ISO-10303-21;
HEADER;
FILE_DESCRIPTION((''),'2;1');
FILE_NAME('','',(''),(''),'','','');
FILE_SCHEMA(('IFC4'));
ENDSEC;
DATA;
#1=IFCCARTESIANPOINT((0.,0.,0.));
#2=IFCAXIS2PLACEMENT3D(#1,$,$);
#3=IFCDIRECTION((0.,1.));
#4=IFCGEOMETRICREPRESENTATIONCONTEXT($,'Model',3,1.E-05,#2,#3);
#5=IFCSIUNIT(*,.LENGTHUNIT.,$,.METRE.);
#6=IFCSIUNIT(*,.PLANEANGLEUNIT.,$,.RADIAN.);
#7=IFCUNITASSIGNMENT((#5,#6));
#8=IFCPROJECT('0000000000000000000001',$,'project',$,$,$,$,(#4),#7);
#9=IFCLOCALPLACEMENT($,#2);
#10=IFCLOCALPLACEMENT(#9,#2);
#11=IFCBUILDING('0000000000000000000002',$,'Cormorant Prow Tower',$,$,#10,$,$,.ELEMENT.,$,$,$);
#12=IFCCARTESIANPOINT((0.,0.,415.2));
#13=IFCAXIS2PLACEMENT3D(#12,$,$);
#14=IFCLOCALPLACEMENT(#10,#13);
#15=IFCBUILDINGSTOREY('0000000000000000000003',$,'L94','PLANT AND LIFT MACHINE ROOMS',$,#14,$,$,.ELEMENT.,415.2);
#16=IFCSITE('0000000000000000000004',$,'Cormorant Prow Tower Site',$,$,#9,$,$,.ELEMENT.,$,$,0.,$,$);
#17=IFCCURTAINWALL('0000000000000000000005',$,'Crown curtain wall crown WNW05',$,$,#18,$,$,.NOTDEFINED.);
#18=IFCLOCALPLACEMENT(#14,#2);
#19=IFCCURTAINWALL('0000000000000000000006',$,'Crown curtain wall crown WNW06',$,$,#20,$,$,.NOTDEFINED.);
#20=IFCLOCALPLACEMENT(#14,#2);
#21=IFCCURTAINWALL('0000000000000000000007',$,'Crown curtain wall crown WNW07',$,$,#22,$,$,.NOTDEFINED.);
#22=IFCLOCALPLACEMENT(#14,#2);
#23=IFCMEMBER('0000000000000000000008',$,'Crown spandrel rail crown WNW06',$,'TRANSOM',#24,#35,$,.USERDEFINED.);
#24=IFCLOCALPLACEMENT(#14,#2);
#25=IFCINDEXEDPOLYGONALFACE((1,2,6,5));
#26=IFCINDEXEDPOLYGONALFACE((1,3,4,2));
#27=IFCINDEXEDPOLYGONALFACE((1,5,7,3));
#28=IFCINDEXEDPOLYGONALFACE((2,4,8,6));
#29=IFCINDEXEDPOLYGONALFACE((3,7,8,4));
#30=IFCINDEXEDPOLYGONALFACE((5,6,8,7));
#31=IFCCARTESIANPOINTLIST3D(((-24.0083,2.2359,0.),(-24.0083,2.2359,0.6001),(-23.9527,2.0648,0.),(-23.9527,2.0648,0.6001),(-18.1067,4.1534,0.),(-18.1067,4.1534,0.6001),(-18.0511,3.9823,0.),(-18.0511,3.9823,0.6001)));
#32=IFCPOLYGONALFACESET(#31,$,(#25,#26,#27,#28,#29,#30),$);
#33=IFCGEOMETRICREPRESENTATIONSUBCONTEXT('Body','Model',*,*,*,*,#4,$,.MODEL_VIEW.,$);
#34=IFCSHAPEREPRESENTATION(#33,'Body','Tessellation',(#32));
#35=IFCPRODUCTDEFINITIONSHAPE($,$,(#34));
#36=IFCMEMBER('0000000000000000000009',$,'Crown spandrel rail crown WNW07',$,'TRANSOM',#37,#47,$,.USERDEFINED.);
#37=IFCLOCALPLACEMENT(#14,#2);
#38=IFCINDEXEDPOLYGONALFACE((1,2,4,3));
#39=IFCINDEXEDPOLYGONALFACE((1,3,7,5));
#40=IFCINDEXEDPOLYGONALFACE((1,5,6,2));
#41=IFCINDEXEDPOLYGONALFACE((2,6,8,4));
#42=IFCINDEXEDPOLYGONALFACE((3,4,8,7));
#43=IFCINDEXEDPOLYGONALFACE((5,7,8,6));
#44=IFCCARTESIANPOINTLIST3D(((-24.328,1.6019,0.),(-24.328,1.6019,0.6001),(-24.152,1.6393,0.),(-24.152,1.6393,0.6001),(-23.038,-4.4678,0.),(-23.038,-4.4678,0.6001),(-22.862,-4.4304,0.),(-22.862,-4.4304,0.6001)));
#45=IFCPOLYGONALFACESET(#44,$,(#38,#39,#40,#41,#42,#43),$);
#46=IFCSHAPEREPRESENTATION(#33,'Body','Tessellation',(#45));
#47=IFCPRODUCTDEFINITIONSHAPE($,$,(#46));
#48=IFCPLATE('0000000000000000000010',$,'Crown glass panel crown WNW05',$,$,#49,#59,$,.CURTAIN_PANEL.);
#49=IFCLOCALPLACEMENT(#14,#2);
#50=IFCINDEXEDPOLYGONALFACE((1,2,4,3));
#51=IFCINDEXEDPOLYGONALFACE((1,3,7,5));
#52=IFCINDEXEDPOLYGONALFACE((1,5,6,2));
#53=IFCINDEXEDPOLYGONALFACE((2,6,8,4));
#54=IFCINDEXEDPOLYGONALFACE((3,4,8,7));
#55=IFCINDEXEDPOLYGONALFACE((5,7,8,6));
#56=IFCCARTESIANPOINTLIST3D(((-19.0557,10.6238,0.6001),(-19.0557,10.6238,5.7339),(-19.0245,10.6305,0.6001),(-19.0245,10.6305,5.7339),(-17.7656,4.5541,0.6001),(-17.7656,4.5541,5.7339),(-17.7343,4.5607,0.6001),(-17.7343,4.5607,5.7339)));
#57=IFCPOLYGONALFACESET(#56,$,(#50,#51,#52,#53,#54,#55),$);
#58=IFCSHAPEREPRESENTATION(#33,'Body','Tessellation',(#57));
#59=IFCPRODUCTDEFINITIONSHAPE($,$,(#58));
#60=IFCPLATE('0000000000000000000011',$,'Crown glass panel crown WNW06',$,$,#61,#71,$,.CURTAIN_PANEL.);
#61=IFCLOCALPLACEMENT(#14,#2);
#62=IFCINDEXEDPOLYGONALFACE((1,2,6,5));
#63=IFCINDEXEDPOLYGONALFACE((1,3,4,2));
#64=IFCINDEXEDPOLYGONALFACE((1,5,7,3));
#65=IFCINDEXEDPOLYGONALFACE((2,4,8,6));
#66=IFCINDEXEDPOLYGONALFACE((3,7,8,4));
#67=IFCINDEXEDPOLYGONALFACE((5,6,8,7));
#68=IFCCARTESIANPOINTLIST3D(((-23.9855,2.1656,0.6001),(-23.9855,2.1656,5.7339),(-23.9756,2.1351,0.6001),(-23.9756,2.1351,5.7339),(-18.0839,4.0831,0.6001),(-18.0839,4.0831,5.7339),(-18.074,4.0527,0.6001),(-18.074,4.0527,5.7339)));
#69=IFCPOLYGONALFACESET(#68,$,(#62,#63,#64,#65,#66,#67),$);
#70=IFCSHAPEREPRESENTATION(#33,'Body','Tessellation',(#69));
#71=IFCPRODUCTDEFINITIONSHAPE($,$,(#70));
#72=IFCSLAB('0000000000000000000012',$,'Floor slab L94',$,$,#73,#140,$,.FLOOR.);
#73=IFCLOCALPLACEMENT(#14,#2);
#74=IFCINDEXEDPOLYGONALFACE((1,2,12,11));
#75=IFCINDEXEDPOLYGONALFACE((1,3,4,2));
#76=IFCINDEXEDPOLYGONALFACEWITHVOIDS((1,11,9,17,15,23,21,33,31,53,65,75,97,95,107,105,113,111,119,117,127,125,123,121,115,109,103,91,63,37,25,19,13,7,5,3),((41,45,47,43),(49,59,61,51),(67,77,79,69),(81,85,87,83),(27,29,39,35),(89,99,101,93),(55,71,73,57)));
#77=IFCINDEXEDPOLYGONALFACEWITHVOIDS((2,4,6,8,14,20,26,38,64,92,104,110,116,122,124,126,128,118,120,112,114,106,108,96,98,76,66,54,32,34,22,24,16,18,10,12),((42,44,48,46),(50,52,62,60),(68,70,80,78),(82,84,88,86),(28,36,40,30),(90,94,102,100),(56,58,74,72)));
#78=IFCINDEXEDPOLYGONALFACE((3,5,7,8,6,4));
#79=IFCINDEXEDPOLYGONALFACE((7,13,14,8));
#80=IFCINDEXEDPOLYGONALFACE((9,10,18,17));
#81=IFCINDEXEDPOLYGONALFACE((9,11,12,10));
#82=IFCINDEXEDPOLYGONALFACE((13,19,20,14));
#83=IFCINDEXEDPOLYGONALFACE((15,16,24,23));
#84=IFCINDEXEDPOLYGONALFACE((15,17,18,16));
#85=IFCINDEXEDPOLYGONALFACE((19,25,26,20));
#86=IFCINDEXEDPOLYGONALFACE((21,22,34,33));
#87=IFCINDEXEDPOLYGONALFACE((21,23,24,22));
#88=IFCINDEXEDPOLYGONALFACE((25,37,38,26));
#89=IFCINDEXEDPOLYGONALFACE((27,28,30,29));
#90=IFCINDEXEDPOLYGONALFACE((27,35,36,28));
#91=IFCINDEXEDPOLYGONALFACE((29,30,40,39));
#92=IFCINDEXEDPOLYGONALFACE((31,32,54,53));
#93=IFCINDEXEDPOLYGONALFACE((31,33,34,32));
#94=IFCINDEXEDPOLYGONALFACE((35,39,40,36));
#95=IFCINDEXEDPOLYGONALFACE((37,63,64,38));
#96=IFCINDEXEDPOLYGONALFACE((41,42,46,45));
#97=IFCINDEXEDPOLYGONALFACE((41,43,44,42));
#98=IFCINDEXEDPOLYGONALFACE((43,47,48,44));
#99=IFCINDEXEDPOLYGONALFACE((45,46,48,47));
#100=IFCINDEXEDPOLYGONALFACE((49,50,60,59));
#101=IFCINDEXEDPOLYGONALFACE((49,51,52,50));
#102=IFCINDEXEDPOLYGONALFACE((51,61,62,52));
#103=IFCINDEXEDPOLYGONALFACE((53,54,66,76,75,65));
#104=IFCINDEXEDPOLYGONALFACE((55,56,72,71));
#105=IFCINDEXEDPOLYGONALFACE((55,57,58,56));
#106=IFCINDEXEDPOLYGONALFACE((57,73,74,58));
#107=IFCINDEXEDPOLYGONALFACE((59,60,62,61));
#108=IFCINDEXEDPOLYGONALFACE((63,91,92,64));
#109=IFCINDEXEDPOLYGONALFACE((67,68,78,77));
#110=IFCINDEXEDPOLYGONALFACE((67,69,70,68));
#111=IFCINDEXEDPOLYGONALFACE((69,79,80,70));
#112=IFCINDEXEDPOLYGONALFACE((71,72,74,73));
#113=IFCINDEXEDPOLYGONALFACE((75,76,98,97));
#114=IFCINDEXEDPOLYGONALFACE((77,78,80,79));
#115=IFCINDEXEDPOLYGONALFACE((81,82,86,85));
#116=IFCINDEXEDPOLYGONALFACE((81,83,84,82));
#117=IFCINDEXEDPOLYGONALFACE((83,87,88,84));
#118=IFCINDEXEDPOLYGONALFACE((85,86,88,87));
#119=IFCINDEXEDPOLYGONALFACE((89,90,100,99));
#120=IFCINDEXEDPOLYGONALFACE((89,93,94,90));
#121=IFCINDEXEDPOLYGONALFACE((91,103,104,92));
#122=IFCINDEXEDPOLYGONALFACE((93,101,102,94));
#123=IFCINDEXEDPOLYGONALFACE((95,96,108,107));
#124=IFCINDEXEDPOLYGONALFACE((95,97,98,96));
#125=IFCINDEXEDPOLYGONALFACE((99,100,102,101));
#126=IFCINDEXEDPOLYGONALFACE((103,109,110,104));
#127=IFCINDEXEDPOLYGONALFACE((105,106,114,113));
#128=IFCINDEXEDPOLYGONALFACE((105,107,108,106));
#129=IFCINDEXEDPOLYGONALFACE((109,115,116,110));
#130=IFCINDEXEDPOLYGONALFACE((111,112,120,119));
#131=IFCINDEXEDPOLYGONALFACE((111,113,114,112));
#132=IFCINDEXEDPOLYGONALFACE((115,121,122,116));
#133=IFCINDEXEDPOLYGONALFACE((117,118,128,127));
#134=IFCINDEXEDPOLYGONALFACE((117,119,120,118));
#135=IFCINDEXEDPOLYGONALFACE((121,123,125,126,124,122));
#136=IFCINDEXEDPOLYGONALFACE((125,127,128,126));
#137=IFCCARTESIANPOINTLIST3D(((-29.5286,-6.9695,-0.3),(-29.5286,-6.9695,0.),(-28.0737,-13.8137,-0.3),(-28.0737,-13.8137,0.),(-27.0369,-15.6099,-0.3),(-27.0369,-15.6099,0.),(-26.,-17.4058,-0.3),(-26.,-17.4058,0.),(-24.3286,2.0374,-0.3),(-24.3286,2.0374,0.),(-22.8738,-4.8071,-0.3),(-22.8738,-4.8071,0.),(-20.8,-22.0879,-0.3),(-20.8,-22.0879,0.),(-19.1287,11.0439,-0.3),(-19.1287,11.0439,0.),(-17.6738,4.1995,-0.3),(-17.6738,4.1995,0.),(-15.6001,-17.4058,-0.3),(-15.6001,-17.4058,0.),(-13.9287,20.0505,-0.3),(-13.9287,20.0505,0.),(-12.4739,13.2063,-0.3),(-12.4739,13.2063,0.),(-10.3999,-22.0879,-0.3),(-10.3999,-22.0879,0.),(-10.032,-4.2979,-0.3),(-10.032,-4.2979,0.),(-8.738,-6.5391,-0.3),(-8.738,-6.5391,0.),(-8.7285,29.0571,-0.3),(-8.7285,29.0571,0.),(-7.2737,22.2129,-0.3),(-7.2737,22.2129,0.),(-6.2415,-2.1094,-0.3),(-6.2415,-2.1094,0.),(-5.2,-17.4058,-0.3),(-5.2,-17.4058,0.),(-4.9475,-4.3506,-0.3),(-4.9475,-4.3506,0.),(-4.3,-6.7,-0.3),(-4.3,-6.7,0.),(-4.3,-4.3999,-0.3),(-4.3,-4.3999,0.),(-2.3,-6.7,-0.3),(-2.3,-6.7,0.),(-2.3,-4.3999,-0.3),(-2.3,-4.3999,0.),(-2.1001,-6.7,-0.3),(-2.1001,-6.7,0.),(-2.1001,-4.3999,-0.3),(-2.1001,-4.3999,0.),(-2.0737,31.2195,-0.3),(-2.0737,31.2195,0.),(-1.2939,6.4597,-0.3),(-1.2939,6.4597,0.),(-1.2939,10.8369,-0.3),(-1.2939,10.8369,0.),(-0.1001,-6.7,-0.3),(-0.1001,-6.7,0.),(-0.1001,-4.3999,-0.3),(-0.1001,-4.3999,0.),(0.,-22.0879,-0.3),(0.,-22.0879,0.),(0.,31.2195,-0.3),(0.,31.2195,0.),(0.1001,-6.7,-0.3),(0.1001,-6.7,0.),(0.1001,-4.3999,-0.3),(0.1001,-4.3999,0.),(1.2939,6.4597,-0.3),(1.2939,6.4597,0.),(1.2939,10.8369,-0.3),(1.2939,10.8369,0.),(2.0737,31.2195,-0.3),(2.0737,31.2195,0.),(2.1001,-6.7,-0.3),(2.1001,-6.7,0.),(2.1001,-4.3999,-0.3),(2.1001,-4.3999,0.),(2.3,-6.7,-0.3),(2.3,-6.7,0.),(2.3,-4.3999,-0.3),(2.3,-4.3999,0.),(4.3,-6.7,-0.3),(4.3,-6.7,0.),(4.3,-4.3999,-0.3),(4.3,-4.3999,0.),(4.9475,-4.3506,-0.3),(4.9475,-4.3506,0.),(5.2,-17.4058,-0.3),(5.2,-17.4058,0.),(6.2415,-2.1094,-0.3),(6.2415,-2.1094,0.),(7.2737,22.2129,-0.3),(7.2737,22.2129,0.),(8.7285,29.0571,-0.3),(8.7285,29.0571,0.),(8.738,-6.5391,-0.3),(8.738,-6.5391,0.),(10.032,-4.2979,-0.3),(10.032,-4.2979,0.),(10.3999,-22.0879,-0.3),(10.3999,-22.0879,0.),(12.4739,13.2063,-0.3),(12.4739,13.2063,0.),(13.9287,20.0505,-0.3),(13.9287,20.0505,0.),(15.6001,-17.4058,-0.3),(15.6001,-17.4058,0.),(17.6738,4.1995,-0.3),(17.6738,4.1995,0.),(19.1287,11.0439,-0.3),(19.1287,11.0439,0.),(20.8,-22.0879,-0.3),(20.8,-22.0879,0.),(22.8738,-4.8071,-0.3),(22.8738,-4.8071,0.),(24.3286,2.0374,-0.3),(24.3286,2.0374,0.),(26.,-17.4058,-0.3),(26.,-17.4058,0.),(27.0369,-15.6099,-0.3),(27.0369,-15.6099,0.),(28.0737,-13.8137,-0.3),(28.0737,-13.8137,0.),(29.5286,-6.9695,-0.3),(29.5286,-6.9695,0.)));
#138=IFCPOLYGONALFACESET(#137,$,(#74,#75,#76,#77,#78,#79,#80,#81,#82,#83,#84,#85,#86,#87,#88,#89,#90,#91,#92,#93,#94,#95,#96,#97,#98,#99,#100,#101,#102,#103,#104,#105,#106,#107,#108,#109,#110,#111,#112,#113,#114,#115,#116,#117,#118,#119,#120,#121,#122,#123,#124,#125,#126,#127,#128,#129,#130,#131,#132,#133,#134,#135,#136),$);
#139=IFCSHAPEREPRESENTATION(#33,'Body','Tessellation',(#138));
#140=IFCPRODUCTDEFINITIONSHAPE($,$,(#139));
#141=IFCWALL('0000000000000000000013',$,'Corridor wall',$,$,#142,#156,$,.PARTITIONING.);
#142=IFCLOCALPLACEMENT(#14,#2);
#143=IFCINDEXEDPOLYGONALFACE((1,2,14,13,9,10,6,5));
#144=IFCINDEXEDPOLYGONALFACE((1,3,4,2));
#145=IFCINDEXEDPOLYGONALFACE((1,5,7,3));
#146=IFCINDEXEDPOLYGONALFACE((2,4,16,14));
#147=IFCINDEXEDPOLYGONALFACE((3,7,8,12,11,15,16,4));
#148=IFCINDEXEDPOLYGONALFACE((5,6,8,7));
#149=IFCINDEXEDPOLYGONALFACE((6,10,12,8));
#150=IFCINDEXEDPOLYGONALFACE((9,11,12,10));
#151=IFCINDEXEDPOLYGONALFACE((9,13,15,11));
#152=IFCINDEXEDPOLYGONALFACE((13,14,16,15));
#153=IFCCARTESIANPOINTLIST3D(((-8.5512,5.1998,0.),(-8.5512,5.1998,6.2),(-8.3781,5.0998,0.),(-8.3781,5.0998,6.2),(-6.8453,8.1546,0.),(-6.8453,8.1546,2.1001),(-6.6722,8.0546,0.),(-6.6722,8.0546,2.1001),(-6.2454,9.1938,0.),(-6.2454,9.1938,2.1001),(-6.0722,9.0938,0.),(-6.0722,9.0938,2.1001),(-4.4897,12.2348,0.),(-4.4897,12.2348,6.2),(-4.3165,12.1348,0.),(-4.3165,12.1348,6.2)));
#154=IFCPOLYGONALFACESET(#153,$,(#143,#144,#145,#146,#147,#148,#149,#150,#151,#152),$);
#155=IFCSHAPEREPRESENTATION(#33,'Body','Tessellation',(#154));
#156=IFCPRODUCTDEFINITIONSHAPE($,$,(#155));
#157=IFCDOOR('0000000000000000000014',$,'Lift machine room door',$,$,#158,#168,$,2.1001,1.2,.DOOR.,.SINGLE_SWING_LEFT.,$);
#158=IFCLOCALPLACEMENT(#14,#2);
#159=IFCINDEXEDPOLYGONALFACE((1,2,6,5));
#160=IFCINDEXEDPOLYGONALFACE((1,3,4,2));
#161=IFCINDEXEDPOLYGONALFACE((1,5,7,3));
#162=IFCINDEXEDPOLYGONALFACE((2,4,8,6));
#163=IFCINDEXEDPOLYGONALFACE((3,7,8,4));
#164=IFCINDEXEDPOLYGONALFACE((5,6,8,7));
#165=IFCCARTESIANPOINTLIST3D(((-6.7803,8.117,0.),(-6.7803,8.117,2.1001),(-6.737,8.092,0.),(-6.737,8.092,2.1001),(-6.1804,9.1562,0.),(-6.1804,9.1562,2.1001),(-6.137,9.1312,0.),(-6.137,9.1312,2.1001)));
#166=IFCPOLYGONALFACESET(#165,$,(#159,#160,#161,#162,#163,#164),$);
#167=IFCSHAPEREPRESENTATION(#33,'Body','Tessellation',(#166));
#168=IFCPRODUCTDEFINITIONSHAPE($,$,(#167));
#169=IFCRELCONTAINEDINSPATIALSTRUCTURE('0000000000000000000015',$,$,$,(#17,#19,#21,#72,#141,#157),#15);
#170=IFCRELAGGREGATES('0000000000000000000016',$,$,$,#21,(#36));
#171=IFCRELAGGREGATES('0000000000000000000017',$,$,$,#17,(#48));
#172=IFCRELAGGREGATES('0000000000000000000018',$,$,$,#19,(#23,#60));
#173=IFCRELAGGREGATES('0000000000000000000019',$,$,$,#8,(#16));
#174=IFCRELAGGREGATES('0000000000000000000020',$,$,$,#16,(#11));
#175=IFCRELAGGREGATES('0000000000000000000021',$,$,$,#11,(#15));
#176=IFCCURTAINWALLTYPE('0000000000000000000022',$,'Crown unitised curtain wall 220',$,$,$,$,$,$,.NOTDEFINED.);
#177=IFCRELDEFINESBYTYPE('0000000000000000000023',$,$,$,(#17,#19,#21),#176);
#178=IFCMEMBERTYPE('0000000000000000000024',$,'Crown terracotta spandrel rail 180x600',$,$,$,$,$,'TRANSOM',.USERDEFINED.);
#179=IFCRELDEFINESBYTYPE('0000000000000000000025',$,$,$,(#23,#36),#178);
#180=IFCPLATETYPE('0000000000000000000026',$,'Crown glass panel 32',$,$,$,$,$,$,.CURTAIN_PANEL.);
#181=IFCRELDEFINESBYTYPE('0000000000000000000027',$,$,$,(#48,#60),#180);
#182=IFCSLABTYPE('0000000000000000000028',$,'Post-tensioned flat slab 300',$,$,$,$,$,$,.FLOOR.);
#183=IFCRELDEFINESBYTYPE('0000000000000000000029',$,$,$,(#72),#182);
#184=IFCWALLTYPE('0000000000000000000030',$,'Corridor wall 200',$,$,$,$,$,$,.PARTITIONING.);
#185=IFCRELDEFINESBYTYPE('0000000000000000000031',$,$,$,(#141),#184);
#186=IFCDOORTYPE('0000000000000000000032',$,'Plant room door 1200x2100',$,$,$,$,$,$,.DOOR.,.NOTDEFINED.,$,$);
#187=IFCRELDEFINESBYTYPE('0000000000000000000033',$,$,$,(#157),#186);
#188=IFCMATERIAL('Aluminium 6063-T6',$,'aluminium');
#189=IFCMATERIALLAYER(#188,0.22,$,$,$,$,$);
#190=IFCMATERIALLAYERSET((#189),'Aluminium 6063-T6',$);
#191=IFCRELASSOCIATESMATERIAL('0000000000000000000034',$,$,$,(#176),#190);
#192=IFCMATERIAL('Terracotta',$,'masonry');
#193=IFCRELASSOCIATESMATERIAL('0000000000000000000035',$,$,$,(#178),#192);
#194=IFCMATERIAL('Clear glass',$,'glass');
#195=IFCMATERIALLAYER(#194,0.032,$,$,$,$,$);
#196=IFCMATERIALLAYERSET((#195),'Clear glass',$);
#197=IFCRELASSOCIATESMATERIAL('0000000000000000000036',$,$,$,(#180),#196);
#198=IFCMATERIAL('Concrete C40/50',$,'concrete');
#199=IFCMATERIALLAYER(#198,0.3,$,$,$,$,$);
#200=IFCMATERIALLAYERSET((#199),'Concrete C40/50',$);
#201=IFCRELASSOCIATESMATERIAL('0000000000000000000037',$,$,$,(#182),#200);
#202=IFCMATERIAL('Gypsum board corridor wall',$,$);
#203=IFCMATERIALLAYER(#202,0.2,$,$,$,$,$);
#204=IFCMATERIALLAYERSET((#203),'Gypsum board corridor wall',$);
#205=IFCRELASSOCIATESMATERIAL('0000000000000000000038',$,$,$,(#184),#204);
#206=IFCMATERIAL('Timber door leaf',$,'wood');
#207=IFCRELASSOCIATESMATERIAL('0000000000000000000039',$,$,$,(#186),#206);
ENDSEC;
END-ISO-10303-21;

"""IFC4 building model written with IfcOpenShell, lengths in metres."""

from ifc_helpers import new_model, si_unit, direction, frame, frame_2d, origin, origin_2d, place, context, subcontext, project, spatial, polyline, rectangle, outline, extrude, material, layer, layer_set, material_profile, profile_set, type_object, element, fill, aggregate, save


model = new_model("IFC4")

# Units and contexts
model_context = context("Model", 3, precision=1e-05, world=origin(), true_north=direction((0.0, 1.0)))
body_context = subcontext(model_context, "Body", "Model", "MODEL_VIEW")
ifc_project = project(units=[si_unit("LENGTHUNIT", "METRE"), si_unit("PLANEANGLEUNIT", "RADIAN")], contexts=[model_context])

# Site, building, storey
site_placement = place(None, origin())
site = spatial("IfcSite", under=ifc_project, at=site_placement, Name="Cormorant Prow Tower Site", CompositionType="ELEMENT", RefElevation=0.0)
building_placement = place(site_placement, origin())
building = spatial("IfcBuilding", under=site, at=building_placement, Name="Cormorant Prow Tower", CompositionType="ELEMENT")
storey_placement = place(building_placement, frame((0.0, 0.0, 415.2)))
storey = spatial("IfcBuildingStorey", under=building, at=storey_placement, Name="L94", Description="PLANT AND LIFT MACHINE ROOMS", CompositionType="ELEMENT", Elevation=415.2)

# Curtain walls
ifc_material_1 = material(Name="Aluminium 6063-T6", Category="aluminium")
ifc_layer_1 = layer(ifc_material_1, 0.22)
ifc_layer_set_1 = layer_set([ifc_layer_1], Name="Aluminium 6063-T6")
curtain_wall_type = type_object("IfcCurtainWallType", Name="Crown unitised curtain wall 220", PredefinedType="NOTDEFINED", material=ifc_layer_set_1)
curtain_wall_1_placement = place(storey_placement, origin())
curtain_wall_1 = element("IfcCurtainWall", 1, at=curtain_wall_1_placement, inside=storey, type_object=curtain_wall_type, Name="Crown curtain wall crown WNW05", PredefinedType="NOTDEFINED")
curtain_wall_2_placement = place(storey_placement, origin())
curtain_wall_2 = element("IfcCurtainWall", 2, at=curtain_wall_2_placement, inside=storey, type_object=curtain_wall_type, Name="Crown curtain wall crown WNW06", PredefinedType="NOTDEFINED")
curtain_wall_3_placement = place(storey_placement, origin())
curtain_wall_3 = element("IfcCurtainWall", 3, at=curtain_wall_3_placement, inside=storey, type_object=curtain_wall_type, Name="Crown curtain wall crown WNW07", PredefinedType="NOTDEFINED")

# Members
ifc_material_2 = material(Name="Terracotta", Category="masonry")
ifc_material_profile_1 = material_profile(ifc_material_2, rectangle(XDim=0.1799, YDim=0.6001, at=origin_2d()), Name="Crown terracotta spandrel rail 180x600")
ifc_profile_set_1 = profile_set([ifc_material_profile_1], Name="Terracotta")
member_type_1 = type_object("IfcMemberType", Name="Crown terracotta spandrel rail 180x600", ElementType="TRANSOM", PredefinedType="USERDEFINED", material=ifc_profile_set_1)
member_1_placement = place(storey_placement, frame((-18.0789, 4.0679, 0.3), z_axis=(-0.95106, -0.309007, 0.0), x_axis=(0.309007, -0.95106, 0.0)))
member_1 = element("IfcMember", 4, at=member_1_placement, type_object=member_type_1, Name="Crown spandrel rail crown WNW06", ObjectType="TRANSOM", PredefinedType="USERDEFINED", context=body_context, shape_type="SweptSolid", body=[
    extrude(rectangle(XDim=0.1799, YDim=0.6001, at=origin_2d()), origin(), (0.0, 0.0, 1.0), 6.2053),
])
member_2_placement = place(storey_placement, frame((-24.24, 1.6206, 0.3), z_axis=(0.20789, -0.978152, 0.0), x_axis=(0.978152, 0.20789, 0.0)))
member_2 = element("IfcMember", 5, at=member_2_placement, type_object=member_type_1, Name="Crown spandrel rail crown WNW07", ObjectType="TRANSOM", PredefinedType="USERDEFINED", context=body_context, shape_type="SweptSolid", body=[
    extrude(rectangle(XDim=0.1799, YDim=0.6001, at=origin_2d()), origin(), (0.0, 0.0, 1.0), 6.2053),
])
aggregate(curtain_wall_3, [member_2])

# Plates
ifc_material_3 = material(Name="Clear glass", Category="glass")
ifc_layer_2 = layer(ifc_material_3, 0.032)
ifc_layer_set_2 = layer_set([ifc_layer_2], Name="Clear glass")
plate_type = type_object("IfcPlateType", Name="Crown glass panel 32", PredefinedType="CURTAIN_PANEL", material=ifc_layer_set_2)
plate_1_placement = place(storey_placement, frame((-18.395, 7.5923, 0.6001), z_axis=(0.0, 0.0, 1.0), x_axis=(0.207912, -0.978148, 0.0)))
plate_1 = element("IfcPlate", 6, at=plate_1_placement, type_object=plate_type, Name="Crown glass panel crown WNW05", PredefinedType="CURTAIN_PANEL", context=body_context, shape_type="SweptSolid", body=[
    extrude(rectangle(XDim=6.2053, YDim=0.032, at=origin_2d()), origin(), (0.0, 0.0, 1.0), 5.1338),
])
aggregate(curtain_wall_1, [plate_1])
plate_2_placement = place(storey_placement, frame((-21.0298, 3.1091, 0.6001), z_axis=(0.0, 0.0, 1.0), x_axis=(-0.951056, -0.309017, 0.0)))
plate_2 = element("IfcPlate", 7, at=plate_2_placement, type_object=plate_type, Name="Crown glass panel crown WNW06", PredefinedType="CURTAIN_PANEL", context=body_context, shape_type="SweptSolid", body=[
    extrude(rectangle(XDim=6.2053, YDim=0.032, at=origin_2d()), origin(), (0.0, 0.0, 1.0), 5.1338),
])
aggregate(curtain_wall_2, [member_1, plate_2])

# Slab
ifc_material_4 = material(Name="Concrete C40/50", Category="concrete")
ifc_layer_3 = layer(ifc_material_4, 0.3)
ifc_layer_set_3 = layer_set([ifc_layer_3], Name="Concrete C40/50")
slab_type = type_object("IfcSlabType", Name="Post-tensioned flat slab 300", PredefinedType="FLOOR", material=ifc_layer_set_3)
slab_placement = place(storey_placement, frame((0.0, 0.0, -0.3)))
element("IfcSlab", 8, at=slab_placement, inside=storey, type_object=slab_type, Name="Floor slab L94", PredefinedType="FLOOR", context=body_context, shape_type="SweptSolid", body=[
    extrude(outline(polyline([(-12.4739, 13.2063), (-19.1287, 11.0439), (-17.6738, 4.1995), (-24.3286, 2.0374), (-22.8738, -4.8071), (-29.5286, -6.9695), (-28.0737, -13.8137), (-27.0369, -15.6099), (-26.0, -17.4058), (-20.8, -22.0879), (-15.6001, -17.4058), (-10.3999, -22.0879), (-5.2, -17.4058), (0.0, -22.0879), (5.2, -17.4058), (10.3999, -22.0879), (15.6001, -17.4058), (20.8, -22.0879), (26.0, -17.4058), (27.0369, -15.6099), (28.0737, -13.8137), (29.5286, -6.9695), (22.8738, -4.8071), (24.3286, 2.0374), (17.6738, 4.1995), (19.1287, 11.0439), (12.4739, 13.2063), (13.9287, 20.0505), (7.2737, 22.2129), (8.7285, 29.0571), (2.0737, 31.2195), (0.0, 31.2195), (-2.0737, 31.2195), (-8.7285, 29.0571), (-7.2737, 22.2129), (-13.9287, 20.0505), (-12.4739, 13.2063)]), holes=[polyline([(-4.3, -6.7), (-4.3, -4.3999), (-2.3, -4.3999), (-2.3, -6.7), (-4.3, -6.7)]), polyline([(-2.1001, -4.3999), (-0.1001, -4.3999), (-0.1001, -6.7), (-2.1001, -6.7), (-2.1001, -4.3999)]), polyline([(2.1001, -4.3999), (2.1001, -6.7), (0.1001, -6.7), (0.1001, -4.3999), (2.1001, -4.3999)]), polyline([(4.3, -6.7), (2.3, -6.7), (2.3, -4.3999), (4.3, -4.3999), (4.3, -6.7)]), polyline([(-4.9475, -4.3506), (-8.738, -6.5391), (-10.032, -4.2979), (-6.2415, -2.1094), (-4.9475, -4.3506)]), polyline([(10.032, -4.2979), (8.738, -6.5391), (4.9475, -4.3506), (6.2415, -2.1094), (10.032, -4.2979)]), polyline([(1.2939, 10.8369), (1.2939, 6.4597), (-1.2939, 6.4597), (-1.2939, 10.8369), (1.2939, 10.8369)])]), origin(), (0.0, 0.0, 1.0), 0.3),
])

# Wall, opening, door
ifc_material_5 = material(Name="Gypsum board corridor wall")
ifc_layer_4 = layer(ifc_material_5, 0.2)
ifc_layer_set_4 = layer_set([ifc_layer_4], Name="Gypsum board corridor wall")
wall_type_1 = type_object("IfcWallType", Name="Corridor wall 200", PredefinedType="PARTITIONING", material=ifc_layer_set_4)
wall_1_placement = place(storey_placement, frame((-8.4646, 5.1499, 0.0), z_axis=(0.0, 0.0, 1.0), x_axis=(0.499992, 0.86603, 0.0)))
wall_1 = element("IfcWall", 9, at=wall_1_placement, inside=storey, type_object=wall_type_1, Name="Corridor wall", PredefinedType="PARTITIONING", context=body_context, shape_type="SweptSolid", body=[
    extrude(rectangle(XDim=8.1233, YDim=0.2, at=frame_2d((4.0615, 0.0))), origin(), (0.0, 0.0, 1.0), 6.2),
])
opening_1_placement = place(wall_1_placement, frame((3.4116, 0.0, 0.0)))
opening_1 = element("IfcOpeningElement", 10, at=opening_1_placement, cuts=wall_1, PredefinedType="OPENING", context=body_context, shape_type="SweptSolid", body=[
    extrude(rectangle(XDim=1.2, YDim=2.1001, at=frame_2d((0.6001, 1.05))), frame((0.0, 0.1099, 0.0), z_axis=(0.0, -1.0, 0.0), x_axis=(1.0, 0.0, 0.0)), (0.0, 0.0, 1.0), 0.22),
])
ifc_material_6 = material(Name="Timber door leaf", Category="wood")
door_type_1 = type_object("IfcDoorType", Name="Plant room door 1200x2100", OperationType="NOTDEFINED", PredefinedType="DOOR", material=ifc_material_6)
door_1_placement = place(opening_1_placement, origin())
door_1 = element("IfcDoor", 11, at=door_1_placement, inside=storey, type_object=door_type_1, Name="Lift machine room door", OperationType="SINGLE_SWING_LEFT", OverallHeight=2.1001, OverallWidth=1.2, PredefinedType="DOOR", context=body_context, shape_type="SweptSolid", body=[
    extrude(rectangle(XDim=1.2, YDim=2.1001, at=frame_2d((0.6001, 1.05))), frame((0.0, 0.0249, 0.0), z_axis=(0.0, -1.0, 0.0), x_axis=(1.0, 0.0, 0.0)), (0.0, 0.0, 1.0), 0.05),
])
fill(opening_1, door_1)

save(model, "model.ifc")
